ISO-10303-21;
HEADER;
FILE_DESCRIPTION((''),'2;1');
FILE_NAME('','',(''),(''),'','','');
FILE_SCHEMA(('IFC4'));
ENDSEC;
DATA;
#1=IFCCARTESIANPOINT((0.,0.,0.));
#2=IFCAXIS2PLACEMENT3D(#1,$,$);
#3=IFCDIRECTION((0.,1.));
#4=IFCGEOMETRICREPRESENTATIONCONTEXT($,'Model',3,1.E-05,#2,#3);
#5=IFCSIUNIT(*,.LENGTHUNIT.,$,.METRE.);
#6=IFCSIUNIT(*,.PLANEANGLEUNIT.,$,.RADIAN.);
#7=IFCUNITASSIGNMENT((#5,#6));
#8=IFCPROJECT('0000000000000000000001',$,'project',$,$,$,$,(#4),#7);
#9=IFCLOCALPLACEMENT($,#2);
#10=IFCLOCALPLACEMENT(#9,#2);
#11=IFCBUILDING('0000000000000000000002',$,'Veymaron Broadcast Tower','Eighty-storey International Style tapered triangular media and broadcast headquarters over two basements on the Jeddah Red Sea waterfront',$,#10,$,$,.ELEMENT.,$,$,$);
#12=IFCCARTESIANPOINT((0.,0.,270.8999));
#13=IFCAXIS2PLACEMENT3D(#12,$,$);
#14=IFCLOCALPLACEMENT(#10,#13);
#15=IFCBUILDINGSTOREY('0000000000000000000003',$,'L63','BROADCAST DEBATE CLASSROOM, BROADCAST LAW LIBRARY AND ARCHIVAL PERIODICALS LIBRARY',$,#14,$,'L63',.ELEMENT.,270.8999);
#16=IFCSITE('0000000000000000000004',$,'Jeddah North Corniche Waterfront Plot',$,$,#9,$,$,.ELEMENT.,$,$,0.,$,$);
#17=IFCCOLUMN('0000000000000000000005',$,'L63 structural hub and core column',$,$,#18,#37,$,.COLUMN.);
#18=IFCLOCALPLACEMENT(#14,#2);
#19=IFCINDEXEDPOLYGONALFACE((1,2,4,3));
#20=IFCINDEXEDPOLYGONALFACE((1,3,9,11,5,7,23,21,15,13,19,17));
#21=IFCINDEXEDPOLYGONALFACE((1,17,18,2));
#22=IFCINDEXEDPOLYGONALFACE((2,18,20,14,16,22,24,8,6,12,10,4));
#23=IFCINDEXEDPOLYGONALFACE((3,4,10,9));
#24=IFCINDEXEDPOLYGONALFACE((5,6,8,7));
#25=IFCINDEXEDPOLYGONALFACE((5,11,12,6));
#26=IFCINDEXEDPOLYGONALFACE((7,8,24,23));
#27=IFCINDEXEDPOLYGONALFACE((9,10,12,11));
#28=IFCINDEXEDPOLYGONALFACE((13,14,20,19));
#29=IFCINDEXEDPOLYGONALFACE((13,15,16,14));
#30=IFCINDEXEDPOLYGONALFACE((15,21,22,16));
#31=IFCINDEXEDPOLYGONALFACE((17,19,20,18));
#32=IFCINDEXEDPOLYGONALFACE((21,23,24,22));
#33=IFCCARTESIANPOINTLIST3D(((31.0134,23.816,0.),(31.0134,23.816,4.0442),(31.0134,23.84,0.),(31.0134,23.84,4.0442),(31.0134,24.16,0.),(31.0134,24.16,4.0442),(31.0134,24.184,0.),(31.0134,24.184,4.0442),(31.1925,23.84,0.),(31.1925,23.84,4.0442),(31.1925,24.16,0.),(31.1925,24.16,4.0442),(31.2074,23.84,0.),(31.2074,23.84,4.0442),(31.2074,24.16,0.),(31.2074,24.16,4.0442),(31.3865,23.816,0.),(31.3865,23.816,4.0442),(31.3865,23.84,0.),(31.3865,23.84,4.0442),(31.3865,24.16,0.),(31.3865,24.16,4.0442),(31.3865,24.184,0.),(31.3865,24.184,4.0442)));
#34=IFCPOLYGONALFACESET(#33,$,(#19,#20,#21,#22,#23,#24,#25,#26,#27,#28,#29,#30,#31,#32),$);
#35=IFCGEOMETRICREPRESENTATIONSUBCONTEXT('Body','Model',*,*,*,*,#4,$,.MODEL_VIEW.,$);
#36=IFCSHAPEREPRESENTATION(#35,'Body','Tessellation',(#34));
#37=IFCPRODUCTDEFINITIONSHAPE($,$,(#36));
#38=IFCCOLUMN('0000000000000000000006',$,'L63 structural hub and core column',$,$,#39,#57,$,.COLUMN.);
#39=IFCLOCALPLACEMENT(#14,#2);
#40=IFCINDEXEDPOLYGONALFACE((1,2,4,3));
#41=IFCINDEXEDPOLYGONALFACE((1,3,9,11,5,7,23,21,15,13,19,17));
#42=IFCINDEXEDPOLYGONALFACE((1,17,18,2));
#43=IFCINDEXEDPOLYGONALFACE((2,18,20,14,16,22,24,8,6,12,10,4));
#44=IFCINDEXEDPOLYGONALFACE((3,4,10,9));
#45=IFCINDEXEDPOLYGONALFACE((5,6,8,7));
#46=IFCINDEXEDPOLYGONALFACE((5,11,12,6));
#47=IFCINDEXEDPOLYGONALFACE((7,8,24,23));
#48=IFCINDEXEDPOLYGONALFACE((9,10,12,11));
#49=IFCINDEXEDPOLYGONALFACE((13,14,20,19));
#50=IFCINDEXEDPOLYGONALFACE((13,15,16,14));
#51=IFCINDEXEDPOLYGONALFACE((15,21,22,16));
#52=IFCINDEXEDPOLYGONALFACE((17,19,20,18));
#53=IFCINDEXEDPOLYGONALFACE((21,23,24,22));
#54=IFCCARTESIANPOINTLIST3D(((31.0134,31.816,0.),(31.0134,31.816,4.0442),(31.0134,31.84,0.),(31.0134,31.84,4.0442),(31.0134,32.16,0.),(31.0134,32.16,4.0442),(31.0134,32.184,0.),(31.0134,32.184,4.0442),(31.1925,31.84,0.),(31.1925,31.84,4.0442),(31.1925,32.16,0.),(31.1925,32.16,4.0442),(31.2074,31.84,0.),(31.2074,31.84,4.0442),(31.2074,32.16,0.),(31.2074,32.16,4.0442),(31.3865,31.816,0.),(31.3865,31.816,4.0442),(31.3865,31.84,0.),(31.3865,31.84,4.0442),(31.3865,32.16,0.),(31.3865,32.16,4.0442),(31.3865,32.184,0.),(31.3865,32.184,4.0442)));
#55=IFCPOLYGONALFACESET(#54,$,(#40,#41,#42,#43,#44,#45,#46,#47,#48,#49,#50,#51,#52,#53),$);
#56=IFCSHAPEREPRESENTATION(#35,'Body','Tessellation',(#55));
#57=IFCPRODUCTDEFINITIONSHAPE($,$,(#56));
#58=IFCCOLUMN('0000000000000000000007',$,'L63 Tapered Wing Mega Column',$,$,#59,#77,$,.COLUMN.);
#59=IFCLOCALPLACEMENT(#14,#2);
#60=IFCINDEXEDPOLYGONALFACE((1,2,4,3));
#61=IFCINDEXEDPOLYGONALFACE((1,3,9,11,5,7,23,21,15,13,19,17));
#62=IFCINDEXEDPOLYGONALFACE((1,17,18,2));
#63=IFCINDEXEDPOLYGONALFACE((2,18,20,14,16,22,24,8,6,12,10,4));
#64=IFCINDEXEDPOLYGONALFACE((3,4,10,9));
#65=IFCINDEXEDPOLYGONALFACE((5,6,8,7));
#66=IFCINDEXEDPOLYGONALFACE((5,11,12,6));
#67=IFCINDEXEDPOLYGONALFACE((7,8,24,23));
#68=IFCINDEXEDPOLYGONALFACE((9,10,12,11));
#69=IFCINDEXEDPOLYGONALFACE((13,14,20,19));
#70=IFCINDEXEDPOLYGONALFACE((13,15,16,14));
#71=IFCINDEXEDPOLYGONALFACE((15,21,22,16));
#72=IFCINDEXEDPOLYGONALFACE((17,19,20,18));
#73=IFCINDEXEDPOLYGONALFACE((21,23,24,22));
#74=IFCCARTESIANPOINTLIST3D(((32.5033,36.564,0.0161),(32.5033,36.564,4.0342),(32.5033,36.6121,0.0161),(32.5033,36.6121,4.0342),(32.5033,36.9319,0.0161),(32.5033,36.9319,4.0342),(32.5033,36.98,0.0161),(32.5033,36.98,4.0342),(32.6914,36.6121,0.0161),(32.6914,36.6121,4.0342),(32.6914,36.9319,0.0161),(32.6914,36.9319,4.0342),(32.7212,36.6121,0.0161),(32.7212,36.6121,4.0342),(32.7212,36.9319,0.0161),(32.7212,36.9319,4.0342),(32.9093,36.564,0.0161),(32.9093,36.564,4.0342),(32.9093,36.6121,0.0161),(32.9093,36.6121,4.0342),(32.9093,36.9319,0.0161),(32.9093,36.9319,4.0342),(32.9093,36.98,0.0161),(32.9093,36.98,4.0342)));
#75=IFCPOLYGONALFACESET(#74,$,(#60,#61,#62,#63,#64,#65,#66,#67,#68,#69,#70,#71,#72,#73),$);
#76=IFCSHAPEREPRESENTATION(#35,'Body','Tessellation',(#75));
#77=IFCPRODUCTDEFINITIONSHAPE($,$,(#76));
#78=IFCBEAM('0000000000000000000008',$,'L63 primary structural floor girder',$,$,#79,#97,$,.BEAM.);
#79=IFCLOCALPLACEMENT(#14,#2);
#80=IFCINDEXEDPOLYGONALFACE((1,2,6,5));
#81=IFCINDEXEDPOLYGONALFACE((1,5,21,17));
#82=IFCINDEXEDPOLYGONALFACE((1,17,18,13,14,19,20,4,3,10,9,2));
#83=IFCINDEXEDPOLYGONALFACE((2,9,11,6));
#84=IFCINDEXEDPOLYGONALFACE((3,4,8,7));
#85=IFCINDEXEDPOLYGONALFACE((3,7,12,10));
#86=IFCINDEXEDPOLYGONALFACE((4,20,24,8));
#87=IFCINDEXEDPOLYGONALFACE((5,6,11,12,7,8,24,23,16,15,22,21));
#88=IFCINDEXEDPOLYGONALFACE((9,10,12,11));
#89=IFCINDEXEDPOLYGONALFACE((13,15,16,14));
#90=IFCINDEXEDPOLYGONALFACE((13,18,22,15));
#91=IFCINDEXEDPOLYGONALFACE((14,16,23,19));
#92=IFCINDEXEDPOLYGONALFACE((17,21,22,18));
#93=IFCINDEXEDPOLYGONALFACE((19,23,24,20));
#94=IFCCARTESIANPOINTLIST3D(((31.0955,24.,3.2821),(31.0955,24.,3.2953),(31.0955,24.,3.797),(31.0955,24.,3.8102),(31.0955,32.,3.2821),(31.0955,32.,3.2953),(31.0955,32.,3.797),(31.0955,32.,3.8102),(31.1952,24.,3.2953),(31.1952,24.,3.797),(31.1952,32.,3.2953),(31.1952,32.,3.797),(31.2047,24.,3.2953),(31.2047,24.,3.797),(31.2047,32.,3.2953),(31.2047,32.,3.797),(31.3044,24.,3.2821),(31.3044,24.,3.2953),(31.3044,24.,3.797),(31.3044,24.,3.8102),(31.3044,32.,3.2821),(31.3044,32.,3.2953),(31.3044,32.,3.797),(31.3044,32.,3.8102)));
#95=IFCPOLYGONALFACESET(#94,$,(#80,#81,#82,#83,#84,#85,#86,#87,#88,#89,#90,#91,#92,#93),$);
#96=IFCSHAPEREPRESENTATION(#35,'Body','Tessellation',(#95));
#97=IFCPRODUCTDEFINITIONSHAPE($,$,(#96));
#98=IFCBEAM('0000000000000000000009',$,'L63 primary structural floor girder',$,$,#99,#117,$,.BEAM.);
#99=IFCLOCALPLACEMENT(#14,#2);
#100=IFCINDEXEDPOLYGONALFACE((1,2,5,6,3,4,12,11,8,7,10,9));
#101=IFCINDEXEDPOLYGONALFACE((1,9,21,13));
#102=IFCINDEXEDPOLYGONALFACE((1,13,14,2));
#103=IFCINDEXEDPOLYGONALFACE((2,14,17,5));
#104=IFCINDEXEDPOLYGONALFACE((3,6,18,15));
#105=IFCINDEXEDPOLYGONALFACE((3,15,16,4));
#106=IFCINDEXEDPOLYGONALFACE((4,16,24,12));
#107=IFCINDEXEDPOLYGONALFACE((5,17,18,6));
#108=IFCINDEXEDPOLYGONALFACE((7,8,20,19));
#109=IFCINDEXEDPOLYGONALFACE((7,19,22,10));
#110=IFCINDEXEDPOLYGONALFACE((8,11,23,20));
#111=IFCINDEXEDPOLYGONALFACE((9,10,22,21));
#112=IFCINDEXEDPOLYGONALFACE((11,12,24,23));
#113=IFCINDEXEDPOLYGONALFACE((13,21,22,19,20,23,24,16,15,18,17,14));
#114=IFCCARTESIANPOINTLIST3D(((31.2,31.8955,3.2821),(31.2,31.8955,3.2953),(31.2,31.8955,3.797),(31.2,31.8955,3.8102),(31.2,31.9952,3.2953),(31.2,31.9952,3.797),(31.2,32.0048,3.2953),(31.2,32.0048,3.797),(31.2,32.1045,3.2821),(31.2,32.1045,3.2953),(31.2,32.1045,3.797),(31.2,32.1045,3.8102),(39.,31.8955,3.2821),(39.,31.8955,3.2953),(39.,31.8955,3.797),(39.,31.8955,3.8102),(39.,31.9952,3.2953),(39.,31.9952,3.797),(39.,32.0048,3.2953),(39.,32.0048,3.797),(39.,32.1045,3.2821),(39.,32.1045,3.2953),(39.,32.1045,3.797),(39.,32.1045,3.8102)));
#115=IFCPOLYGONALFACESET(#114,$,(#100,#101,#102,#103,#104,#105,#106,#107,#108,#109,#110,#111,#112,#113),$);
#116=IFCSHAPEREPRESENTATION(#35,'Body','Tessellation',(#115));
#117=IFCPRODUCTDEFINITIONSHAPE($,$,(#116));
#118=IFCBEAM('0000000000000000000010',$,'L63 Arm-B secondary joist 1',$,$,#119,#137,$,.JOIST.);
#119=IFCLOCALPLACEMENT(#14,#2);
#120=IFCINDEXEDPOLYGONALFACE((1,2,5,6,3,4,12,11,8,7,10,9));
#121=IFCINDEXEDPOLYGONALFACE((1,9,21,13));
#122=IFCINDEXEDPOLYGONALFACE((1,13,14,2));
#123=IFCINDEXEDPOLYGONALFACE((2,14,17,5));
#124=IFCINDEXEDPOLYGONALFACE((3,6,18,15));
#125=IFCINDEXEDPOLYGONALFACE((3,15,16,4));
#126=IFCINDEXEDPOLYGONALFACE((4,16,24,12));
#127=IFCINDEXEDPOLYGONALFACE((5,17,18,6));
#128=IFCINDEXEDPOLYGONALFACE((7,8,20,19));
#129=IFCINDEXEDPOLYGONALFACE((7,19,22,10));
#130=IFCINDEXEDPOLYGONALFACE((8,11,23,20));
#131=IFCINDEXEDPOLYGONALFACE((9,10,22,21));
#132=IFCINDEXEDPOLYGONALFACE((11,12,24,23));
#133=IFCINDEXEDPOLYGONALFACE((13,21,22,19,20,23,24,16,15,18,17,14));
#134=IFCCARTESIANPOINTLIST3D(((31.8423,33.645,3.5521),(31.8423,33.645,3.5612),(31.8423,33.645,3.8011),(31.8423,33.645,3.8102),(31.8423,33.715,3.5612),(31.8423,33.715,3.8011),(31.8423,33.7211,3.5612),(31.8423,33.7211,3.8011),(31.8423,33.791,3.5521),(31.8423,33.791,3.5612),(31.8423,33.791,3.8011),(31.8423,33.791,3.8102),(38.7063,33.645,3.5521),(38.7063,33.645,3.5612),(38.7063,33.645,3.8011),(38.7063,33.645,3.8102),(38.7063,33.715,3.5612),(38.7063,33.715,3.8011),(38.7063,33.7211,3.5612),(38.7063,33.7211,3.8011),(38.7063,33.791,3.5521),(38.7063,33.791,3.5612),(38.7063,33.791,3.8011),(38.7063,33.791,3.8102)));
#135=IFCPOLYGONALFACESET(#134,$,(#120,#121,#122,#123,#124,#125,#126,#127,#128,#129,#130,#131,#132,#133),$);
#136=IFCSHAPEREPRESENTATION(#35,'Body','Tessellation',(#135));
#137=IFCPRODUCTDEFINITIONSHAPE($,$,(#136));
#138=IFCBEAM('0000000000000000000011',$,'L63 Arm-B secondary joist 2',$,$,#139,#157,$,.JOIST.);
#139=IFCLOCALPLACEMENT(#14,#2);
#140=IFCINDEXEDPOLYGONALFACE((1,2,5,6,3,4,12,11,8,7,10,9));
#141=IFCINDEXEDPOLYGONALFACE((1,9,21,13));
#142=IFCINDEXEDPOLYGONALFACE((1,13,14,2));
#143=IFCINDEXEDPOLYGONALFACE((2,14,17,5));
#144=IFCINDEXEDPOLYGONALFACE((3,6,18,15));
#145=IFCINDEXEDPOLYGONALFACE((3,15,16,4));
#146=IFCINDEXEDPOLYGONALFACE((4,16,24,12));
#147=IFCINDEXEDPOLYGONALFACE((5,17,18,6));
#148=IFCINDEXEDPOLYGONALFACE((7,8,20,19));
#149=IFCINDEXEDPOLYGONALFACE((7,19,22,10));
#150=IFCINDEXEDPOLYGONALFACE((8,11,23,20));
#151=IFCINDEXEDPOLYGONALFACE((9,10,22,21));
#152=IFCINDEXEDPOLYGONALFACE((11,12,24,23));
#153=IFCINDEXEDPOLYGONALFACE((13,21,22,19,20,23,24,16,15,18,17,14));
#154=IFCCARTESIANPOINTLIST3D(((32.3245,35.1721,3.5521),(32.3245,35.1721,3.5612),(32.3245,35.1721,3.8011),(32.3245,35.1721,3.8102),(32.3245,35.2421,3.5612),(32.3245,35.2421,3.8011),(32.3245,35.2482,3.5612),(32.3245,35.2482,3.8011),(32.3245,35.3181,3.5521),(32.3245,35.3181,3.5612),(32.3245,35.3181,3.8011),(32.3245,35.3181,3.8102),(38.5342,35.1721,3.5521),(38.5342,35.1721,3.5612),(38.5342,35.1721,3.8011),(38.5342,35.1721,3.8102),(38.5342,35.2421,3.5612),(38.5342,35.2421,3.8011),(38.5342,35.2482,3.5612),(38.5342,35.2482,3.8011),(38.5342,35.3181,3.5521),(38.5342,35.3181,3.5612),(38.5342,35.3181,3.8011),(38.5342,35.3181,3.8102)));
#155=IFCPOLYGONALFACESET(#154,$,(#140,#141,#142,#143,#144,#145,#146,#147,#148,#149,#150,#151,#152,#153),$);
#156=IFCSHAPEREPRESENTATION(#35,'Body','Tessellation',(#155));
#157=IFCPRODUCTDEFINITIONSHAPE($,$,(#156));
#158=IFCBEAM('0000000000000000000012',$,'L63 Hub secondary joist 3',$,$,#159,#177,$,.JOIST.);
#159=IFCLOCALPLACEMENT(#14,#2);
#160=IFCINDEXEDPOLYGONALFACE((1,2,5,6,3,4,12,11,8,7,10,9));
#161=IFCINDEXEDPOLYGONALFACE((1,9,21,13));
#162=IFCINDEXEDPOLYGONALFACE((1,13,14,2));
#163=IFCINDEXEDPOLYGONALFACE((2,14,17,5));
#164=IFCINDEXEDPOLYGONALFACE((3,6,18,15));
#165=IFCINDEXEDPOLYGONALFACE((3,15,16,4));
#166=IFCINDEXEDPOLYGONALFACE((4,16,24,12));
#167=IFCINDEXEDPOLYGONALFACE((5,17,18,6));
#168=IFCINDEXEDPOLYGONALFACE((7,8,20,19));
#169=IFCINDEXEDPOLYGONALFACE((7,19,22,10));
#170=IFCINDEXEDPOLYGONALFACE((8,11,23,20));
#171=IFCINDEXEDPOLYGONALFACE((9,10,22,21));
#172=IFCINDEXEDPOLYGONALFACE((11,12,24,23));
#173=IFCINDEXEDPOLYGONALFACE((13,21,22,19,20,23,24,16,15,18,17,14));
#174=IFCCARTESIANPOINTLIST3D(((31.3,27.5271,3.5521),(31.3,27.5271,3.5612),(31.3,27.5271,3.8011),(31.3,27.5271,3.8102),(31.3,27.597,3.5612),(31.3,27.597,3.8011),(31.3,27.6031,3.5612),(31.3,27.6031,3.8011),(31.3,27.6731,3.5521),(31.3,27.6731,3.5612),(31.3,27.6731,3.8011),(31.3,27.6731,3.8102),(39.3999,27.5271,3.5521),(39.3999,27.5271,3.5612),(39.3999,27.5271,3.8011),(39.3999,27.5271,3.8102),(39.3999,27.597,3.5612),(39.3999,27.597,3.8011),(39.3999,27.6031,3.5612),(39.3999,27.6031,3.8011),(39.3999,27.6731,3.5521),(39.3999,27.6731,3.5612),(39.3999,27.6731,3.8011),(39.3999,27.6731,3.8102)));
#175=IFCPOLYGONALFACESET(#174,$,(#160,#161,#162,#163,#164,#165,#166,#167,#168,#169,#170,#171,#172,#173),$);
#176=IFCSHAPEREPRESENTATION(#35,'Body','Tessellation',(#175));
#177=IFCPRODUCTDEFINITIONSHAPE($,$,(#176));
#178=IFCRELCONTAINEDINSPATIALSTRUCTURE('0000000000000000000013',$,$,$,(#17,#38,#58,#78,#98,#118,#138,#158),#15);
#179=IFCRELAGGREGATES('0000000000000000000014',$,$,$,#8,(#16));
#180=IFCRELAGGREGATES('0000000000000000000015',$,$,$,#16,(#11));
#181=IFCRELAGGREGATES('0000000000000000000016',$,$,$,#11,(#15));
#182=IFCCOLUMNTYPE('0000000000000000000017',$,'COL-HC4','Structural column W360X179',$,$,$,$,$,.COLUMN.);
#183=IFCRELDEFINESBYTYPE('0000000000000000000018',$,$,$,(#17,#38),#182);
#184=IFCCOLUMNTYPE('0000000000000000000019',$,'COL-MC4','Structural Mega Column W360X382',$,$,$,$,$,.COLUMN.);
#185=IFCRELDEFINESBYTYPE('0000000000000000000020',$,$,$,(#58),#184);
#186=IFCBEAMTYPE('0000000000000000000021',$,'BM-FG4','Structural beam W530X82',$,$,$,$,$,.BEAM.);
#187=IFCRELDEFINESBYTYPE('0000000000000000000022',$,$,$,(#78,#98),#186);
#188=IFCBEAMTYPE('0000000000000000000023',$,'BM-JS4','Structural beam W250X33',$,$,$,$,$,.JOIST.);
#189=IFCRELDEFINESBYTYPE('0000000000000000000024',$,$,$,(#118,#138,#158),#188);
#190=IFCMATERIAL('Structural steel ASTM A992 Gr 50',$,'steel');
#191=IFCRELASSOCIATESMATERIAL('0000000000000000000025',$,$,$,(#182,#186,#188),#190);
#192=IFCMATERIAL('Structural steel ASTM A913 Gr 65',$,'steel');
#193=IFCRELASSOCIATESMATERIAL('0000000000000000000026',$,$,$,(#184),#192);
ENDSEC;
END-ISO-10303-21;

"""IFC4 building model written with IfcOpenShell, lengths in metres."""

from ifc_helpers import new_model, si_unit, direction, frame, origin, origin_2d, place, context, subcontext, project, spatial, i_section, extrude, material, material_profile, profile_set, type_object, element, save


model = new_model("IFC4")

# Units and contexts
model_context = context("Model", 3, precision=1e-05, world=origin(), true_north=direction((0.0, 1.0)))
body_context = subcontext(model_context, "Body", "Model", "MODEL_VIEW")
ifc_project = project(units=[si_unit("LENGTHUNIT", "METRE"), si_unit("PLANEANGLEUNIT", "RADIAN")], contexts=[model_context])

# Site, building, storey
site_placement = place(None, origin())
site = spatial("IfcSite", under=ifc_project, at=site_placement, Name="Jeddah North Corniche Waterfront Plot", CompositionType="ELEMENT", RefElevation=0.0)
building_placement = place(site_placement, origin())
building = spatial("IfcBuilding", under=site, at=building_placement, Name="Veymaron Broadcast Tower", Description="Eighty-storey International Style tapered triangular media and broadcast headquarters over two basements on the Jeddah Red Sea waterfront", CompositionType="ELEMENT")
storey_placement = place(building_placement, frame((0.0, 0.0, 270.8999)))
storey = spatial("IfcBuildingStorey", under=building, at=storey_placement, Name="L63", Description="BROADCAST DEBATE CLASSROOM, BROADCAST LAW LIBRARY AND ARCHIVAL PERIODICALS LIBRARY", LongName="L63", CompositionType="ELEMENT", Elevation=270.8999)

# Columns
ifc_material_1 = material(Name="Structural steel ASTM A992 Gr 50", Category="steel")
ifc_material_profile_1 = material_profile(ifc_material_1, i_section(OverallWidth=0.373, OverallDepth=0.3679, WebThickness=0.0149, FlangeThickness=0.0239, at=origin_2d()), Name="W360X179")
ifc_profile_set_1 = profile_set([ifc_material_profile_1], Name="Structural steel ASTM A992 Gr 50")
column_type_1 = type_object("IfcColumnType", Name="COL-HC4", Description="Structural column W360X179", PredefinedType="COLUMN", material=ifc_profile_set_1)
for number, where, z_axis, x_axis, name in (
    (1, (31.2, 24.0, 0.0), (0.0, 0.0, 1.0), (1.0, 0.0, 0.0), "L63 structural hub and core column"),
    (2, (31.2, 32.0, 0.0), (0.0, 0.0, 1.0), (1.0, 0.0, 0.0), "L63 structural hub and core column"),
):
    element("IfcColumn", number, at=place(storey_placement, frame(where, z_axis=z_axis, x_axis=x_axis)), inside=storey, type_object=column_type_1, Name=name, PredefinedType="COLUMN", context=body_context, shape_type="SweptSolid", body=[
        extrude(i_section(OverallWidth=0.373, OverallDepth=0.3679, WebThickness=0.0149, FlangeThickness=0.0239, at=origin_2d()), origin(), (0.0, 0.0, 1.0), 4.0442),
    ])
ifc_material_2 = material(Name="Structural steel ASTM A913 Gr 65", Category="steel")
ifc_material_profile_2 = material_profile(ifc_material_2, i_section(OverallWidth=0.406, OverallDepth=0.416, WebThickness=0.0298, FlangeThickness=0.0481, at=origin_2d()), Name="W360X382")
ifc_profile_set_2 = profile_set([ifc_material_profile_2], Name="Structural steel ASTM A913 Gr 65")
column_type_2 = type_object("IfcColumnType", Name="COL-MC4", Description="Structural Mega Column W360X382", PredefinedType="COLUMN", material=ifc_profile_set_2)
column_placement = place(storey_placement, frame((32.7063, 36.772, 0.0161), z_axis=(0.0, 0.0, 1.0), x_axis=(1.0, 0.0, 0.0)))
element("IfcColumn", 3, at=column_placement, inside=storey, type_object=column_type_2, Name="L63 Tapered Wing Mega Column", PredefinedType="COLUMN", context=body_context, shape_type="SweptSolid", body=[
    extrude(i_section(OverallWidth=0.406, OverallDepth=0.416, WebThickness=0.0298, FlangeThickness=0.0481, at=origin_2d()), origin(), (0.0, 0.0, 1.0), 4.0181),
])

# Beams
ifc_material_profile_3 = material_profile(ifc_material_1, i_section(OverallWidth=0.209, OverallDepth=0.5281, WebThickness=0.0095, FlangeThickness=0.0132, at=origin_2d()), Name="W530X82")
ifc_profile_set_3 = profile_set([ifc_material_profile_3], Name="Structural steel ASTM A992 Gr 50")
beam_type_1 = type_object("IfcBeamType", Name="BM-FG4", Description="Structural beam W530X82", PredefinedType="BEAM", material=ifc_profile_set_3)
beam_1_placement = place(storey_placement, frame((31.2, 24.0, 3.5461), z_axis=(0.0, 1.0, 0.0), x_axis=(-1.0, 0.0, 0.0)))
element("IfcBeam", 4, at=beam_1_placement, inside=storey, type_object=beam_type_1, Name="L63 primary structural floor girder", PredefinedType="BEAM", context=body_context, shape_type="SweptSolid", body=[
    extrude(i_section(OverallWidth=0.209, OverallDepth=0.5281, WebThickness=0.0095, FlangeThickness=0.0132, at=origin_2d()), origin(), (0.0, 0.0, 1.0), 8.0),
])
beam_2_placement = place(storey_placement, frame((31.2, 32.0, 3.5461), z_axis=(1.0, 0.0, 0.0), x_axis=(0.0, 1.0, 0.0)))
element("IfcBeam", 5, at=beam_2_placement, inside=storey, type_object=beam_type_1, Name="L63 primary structural floor girder", PredefinedType="BEAM", context=body_context, shape_type="SweptSolid", body=[
    extrude(i_section(OverallWidth=0.209, OverallDepth=0.5281, WebThickness=0.0095, FlangeThickness=0.0132, at=origin_2d()), origin(), (0.0, 0.0, 1.0), 7.8),
])
ifc_material_profile_4 = material_profile(ifc_material_1, i_section(OverallWidth=0.146, OverallDepth=0.2581, WebThickness=0.0061, FlangeThickness=0.009, at=origin_2d()), Name="W250X33")
ifc_profile_set_4 = profile_set([ifc_material_profile_4], Name="Structural steel ASTM A992 Gr 50")
beam_type_2 = type_object("IfcBeamType", Name="BM-JS4", Description="Structural beam W250X33", PredefinedType="JOIST", material=ifc_profile_set_4)
beam_3_placement = place(storey_placement, frame((31.8423, 33.718, 3.6812), z_axis=(1.0, 0.0, 0.0), x_axis=(0.0, 1.0, 0.0)))
element("IfcBeam", 6, at=beam_3_placement, inside=storey, type_object=beam_type_2, Name="L63 Arm-B secondary joist 1", PredefinedType="JOIST", context=body_context, shape_type="SweptSolid", body=[
    extrude(i_section(OverallWidth=0.146, OverallDepth=0.2581, WebThickness=0.0061, FlangeThickness=0.009, at=origin_2d()), origin(), (0.0, 0.0, 1.0), 6.864),
])
beam_4_placement = place(storey_placement, frame((32.3245, 35.2451, 3.6812), z_axis=(1.0, 0.0, 0.0), x_axis=(0.0, 1.0, 0.0)))
element("IfcBeam", 7, at=beam_4_placement, inside=storey, type_object=beam_type_2, Name="L63 Arm-B secondary joist 2", PredefinedType="JOIST", context=body_context, shape_type="SweptSolid", body=[
    extrude(i_section(OverallWidth=0.146, OverallDepth=0.2581, WebThickness=0.0061, FlangeThickness=0.009, at=origin_2d()), origin(), (0.0, 0.0, 1.0), 6.2097),
])
for number, where, z_axis, x_axis, name in (
    (8, (31.3, 27.6001, 3.6812), (1.0, 0.0, 0.0), (0.0, 1.0, 0.0), "L63 Hub secondary joist 3"),
):
    element("IfcBeam", number, at=place(storey_placement, frame(where, z_axis=z_axis, x_axis=x_axis)), inside=storey, type_object=beam_type_2, Name=name, PredefinedType="JOIST", context=body_context, shape_type="SweptSolid", body=[
        extrude(i_section(OverallWidth=0.146, OverallDepth=0.2581, WebThickness=0.0061, FlangeThickness=0.009, at=origin_2d()), origin(), (0.0, 0.0, 1.0), 8.0999),
    ])

save(model, "model.ifc")
